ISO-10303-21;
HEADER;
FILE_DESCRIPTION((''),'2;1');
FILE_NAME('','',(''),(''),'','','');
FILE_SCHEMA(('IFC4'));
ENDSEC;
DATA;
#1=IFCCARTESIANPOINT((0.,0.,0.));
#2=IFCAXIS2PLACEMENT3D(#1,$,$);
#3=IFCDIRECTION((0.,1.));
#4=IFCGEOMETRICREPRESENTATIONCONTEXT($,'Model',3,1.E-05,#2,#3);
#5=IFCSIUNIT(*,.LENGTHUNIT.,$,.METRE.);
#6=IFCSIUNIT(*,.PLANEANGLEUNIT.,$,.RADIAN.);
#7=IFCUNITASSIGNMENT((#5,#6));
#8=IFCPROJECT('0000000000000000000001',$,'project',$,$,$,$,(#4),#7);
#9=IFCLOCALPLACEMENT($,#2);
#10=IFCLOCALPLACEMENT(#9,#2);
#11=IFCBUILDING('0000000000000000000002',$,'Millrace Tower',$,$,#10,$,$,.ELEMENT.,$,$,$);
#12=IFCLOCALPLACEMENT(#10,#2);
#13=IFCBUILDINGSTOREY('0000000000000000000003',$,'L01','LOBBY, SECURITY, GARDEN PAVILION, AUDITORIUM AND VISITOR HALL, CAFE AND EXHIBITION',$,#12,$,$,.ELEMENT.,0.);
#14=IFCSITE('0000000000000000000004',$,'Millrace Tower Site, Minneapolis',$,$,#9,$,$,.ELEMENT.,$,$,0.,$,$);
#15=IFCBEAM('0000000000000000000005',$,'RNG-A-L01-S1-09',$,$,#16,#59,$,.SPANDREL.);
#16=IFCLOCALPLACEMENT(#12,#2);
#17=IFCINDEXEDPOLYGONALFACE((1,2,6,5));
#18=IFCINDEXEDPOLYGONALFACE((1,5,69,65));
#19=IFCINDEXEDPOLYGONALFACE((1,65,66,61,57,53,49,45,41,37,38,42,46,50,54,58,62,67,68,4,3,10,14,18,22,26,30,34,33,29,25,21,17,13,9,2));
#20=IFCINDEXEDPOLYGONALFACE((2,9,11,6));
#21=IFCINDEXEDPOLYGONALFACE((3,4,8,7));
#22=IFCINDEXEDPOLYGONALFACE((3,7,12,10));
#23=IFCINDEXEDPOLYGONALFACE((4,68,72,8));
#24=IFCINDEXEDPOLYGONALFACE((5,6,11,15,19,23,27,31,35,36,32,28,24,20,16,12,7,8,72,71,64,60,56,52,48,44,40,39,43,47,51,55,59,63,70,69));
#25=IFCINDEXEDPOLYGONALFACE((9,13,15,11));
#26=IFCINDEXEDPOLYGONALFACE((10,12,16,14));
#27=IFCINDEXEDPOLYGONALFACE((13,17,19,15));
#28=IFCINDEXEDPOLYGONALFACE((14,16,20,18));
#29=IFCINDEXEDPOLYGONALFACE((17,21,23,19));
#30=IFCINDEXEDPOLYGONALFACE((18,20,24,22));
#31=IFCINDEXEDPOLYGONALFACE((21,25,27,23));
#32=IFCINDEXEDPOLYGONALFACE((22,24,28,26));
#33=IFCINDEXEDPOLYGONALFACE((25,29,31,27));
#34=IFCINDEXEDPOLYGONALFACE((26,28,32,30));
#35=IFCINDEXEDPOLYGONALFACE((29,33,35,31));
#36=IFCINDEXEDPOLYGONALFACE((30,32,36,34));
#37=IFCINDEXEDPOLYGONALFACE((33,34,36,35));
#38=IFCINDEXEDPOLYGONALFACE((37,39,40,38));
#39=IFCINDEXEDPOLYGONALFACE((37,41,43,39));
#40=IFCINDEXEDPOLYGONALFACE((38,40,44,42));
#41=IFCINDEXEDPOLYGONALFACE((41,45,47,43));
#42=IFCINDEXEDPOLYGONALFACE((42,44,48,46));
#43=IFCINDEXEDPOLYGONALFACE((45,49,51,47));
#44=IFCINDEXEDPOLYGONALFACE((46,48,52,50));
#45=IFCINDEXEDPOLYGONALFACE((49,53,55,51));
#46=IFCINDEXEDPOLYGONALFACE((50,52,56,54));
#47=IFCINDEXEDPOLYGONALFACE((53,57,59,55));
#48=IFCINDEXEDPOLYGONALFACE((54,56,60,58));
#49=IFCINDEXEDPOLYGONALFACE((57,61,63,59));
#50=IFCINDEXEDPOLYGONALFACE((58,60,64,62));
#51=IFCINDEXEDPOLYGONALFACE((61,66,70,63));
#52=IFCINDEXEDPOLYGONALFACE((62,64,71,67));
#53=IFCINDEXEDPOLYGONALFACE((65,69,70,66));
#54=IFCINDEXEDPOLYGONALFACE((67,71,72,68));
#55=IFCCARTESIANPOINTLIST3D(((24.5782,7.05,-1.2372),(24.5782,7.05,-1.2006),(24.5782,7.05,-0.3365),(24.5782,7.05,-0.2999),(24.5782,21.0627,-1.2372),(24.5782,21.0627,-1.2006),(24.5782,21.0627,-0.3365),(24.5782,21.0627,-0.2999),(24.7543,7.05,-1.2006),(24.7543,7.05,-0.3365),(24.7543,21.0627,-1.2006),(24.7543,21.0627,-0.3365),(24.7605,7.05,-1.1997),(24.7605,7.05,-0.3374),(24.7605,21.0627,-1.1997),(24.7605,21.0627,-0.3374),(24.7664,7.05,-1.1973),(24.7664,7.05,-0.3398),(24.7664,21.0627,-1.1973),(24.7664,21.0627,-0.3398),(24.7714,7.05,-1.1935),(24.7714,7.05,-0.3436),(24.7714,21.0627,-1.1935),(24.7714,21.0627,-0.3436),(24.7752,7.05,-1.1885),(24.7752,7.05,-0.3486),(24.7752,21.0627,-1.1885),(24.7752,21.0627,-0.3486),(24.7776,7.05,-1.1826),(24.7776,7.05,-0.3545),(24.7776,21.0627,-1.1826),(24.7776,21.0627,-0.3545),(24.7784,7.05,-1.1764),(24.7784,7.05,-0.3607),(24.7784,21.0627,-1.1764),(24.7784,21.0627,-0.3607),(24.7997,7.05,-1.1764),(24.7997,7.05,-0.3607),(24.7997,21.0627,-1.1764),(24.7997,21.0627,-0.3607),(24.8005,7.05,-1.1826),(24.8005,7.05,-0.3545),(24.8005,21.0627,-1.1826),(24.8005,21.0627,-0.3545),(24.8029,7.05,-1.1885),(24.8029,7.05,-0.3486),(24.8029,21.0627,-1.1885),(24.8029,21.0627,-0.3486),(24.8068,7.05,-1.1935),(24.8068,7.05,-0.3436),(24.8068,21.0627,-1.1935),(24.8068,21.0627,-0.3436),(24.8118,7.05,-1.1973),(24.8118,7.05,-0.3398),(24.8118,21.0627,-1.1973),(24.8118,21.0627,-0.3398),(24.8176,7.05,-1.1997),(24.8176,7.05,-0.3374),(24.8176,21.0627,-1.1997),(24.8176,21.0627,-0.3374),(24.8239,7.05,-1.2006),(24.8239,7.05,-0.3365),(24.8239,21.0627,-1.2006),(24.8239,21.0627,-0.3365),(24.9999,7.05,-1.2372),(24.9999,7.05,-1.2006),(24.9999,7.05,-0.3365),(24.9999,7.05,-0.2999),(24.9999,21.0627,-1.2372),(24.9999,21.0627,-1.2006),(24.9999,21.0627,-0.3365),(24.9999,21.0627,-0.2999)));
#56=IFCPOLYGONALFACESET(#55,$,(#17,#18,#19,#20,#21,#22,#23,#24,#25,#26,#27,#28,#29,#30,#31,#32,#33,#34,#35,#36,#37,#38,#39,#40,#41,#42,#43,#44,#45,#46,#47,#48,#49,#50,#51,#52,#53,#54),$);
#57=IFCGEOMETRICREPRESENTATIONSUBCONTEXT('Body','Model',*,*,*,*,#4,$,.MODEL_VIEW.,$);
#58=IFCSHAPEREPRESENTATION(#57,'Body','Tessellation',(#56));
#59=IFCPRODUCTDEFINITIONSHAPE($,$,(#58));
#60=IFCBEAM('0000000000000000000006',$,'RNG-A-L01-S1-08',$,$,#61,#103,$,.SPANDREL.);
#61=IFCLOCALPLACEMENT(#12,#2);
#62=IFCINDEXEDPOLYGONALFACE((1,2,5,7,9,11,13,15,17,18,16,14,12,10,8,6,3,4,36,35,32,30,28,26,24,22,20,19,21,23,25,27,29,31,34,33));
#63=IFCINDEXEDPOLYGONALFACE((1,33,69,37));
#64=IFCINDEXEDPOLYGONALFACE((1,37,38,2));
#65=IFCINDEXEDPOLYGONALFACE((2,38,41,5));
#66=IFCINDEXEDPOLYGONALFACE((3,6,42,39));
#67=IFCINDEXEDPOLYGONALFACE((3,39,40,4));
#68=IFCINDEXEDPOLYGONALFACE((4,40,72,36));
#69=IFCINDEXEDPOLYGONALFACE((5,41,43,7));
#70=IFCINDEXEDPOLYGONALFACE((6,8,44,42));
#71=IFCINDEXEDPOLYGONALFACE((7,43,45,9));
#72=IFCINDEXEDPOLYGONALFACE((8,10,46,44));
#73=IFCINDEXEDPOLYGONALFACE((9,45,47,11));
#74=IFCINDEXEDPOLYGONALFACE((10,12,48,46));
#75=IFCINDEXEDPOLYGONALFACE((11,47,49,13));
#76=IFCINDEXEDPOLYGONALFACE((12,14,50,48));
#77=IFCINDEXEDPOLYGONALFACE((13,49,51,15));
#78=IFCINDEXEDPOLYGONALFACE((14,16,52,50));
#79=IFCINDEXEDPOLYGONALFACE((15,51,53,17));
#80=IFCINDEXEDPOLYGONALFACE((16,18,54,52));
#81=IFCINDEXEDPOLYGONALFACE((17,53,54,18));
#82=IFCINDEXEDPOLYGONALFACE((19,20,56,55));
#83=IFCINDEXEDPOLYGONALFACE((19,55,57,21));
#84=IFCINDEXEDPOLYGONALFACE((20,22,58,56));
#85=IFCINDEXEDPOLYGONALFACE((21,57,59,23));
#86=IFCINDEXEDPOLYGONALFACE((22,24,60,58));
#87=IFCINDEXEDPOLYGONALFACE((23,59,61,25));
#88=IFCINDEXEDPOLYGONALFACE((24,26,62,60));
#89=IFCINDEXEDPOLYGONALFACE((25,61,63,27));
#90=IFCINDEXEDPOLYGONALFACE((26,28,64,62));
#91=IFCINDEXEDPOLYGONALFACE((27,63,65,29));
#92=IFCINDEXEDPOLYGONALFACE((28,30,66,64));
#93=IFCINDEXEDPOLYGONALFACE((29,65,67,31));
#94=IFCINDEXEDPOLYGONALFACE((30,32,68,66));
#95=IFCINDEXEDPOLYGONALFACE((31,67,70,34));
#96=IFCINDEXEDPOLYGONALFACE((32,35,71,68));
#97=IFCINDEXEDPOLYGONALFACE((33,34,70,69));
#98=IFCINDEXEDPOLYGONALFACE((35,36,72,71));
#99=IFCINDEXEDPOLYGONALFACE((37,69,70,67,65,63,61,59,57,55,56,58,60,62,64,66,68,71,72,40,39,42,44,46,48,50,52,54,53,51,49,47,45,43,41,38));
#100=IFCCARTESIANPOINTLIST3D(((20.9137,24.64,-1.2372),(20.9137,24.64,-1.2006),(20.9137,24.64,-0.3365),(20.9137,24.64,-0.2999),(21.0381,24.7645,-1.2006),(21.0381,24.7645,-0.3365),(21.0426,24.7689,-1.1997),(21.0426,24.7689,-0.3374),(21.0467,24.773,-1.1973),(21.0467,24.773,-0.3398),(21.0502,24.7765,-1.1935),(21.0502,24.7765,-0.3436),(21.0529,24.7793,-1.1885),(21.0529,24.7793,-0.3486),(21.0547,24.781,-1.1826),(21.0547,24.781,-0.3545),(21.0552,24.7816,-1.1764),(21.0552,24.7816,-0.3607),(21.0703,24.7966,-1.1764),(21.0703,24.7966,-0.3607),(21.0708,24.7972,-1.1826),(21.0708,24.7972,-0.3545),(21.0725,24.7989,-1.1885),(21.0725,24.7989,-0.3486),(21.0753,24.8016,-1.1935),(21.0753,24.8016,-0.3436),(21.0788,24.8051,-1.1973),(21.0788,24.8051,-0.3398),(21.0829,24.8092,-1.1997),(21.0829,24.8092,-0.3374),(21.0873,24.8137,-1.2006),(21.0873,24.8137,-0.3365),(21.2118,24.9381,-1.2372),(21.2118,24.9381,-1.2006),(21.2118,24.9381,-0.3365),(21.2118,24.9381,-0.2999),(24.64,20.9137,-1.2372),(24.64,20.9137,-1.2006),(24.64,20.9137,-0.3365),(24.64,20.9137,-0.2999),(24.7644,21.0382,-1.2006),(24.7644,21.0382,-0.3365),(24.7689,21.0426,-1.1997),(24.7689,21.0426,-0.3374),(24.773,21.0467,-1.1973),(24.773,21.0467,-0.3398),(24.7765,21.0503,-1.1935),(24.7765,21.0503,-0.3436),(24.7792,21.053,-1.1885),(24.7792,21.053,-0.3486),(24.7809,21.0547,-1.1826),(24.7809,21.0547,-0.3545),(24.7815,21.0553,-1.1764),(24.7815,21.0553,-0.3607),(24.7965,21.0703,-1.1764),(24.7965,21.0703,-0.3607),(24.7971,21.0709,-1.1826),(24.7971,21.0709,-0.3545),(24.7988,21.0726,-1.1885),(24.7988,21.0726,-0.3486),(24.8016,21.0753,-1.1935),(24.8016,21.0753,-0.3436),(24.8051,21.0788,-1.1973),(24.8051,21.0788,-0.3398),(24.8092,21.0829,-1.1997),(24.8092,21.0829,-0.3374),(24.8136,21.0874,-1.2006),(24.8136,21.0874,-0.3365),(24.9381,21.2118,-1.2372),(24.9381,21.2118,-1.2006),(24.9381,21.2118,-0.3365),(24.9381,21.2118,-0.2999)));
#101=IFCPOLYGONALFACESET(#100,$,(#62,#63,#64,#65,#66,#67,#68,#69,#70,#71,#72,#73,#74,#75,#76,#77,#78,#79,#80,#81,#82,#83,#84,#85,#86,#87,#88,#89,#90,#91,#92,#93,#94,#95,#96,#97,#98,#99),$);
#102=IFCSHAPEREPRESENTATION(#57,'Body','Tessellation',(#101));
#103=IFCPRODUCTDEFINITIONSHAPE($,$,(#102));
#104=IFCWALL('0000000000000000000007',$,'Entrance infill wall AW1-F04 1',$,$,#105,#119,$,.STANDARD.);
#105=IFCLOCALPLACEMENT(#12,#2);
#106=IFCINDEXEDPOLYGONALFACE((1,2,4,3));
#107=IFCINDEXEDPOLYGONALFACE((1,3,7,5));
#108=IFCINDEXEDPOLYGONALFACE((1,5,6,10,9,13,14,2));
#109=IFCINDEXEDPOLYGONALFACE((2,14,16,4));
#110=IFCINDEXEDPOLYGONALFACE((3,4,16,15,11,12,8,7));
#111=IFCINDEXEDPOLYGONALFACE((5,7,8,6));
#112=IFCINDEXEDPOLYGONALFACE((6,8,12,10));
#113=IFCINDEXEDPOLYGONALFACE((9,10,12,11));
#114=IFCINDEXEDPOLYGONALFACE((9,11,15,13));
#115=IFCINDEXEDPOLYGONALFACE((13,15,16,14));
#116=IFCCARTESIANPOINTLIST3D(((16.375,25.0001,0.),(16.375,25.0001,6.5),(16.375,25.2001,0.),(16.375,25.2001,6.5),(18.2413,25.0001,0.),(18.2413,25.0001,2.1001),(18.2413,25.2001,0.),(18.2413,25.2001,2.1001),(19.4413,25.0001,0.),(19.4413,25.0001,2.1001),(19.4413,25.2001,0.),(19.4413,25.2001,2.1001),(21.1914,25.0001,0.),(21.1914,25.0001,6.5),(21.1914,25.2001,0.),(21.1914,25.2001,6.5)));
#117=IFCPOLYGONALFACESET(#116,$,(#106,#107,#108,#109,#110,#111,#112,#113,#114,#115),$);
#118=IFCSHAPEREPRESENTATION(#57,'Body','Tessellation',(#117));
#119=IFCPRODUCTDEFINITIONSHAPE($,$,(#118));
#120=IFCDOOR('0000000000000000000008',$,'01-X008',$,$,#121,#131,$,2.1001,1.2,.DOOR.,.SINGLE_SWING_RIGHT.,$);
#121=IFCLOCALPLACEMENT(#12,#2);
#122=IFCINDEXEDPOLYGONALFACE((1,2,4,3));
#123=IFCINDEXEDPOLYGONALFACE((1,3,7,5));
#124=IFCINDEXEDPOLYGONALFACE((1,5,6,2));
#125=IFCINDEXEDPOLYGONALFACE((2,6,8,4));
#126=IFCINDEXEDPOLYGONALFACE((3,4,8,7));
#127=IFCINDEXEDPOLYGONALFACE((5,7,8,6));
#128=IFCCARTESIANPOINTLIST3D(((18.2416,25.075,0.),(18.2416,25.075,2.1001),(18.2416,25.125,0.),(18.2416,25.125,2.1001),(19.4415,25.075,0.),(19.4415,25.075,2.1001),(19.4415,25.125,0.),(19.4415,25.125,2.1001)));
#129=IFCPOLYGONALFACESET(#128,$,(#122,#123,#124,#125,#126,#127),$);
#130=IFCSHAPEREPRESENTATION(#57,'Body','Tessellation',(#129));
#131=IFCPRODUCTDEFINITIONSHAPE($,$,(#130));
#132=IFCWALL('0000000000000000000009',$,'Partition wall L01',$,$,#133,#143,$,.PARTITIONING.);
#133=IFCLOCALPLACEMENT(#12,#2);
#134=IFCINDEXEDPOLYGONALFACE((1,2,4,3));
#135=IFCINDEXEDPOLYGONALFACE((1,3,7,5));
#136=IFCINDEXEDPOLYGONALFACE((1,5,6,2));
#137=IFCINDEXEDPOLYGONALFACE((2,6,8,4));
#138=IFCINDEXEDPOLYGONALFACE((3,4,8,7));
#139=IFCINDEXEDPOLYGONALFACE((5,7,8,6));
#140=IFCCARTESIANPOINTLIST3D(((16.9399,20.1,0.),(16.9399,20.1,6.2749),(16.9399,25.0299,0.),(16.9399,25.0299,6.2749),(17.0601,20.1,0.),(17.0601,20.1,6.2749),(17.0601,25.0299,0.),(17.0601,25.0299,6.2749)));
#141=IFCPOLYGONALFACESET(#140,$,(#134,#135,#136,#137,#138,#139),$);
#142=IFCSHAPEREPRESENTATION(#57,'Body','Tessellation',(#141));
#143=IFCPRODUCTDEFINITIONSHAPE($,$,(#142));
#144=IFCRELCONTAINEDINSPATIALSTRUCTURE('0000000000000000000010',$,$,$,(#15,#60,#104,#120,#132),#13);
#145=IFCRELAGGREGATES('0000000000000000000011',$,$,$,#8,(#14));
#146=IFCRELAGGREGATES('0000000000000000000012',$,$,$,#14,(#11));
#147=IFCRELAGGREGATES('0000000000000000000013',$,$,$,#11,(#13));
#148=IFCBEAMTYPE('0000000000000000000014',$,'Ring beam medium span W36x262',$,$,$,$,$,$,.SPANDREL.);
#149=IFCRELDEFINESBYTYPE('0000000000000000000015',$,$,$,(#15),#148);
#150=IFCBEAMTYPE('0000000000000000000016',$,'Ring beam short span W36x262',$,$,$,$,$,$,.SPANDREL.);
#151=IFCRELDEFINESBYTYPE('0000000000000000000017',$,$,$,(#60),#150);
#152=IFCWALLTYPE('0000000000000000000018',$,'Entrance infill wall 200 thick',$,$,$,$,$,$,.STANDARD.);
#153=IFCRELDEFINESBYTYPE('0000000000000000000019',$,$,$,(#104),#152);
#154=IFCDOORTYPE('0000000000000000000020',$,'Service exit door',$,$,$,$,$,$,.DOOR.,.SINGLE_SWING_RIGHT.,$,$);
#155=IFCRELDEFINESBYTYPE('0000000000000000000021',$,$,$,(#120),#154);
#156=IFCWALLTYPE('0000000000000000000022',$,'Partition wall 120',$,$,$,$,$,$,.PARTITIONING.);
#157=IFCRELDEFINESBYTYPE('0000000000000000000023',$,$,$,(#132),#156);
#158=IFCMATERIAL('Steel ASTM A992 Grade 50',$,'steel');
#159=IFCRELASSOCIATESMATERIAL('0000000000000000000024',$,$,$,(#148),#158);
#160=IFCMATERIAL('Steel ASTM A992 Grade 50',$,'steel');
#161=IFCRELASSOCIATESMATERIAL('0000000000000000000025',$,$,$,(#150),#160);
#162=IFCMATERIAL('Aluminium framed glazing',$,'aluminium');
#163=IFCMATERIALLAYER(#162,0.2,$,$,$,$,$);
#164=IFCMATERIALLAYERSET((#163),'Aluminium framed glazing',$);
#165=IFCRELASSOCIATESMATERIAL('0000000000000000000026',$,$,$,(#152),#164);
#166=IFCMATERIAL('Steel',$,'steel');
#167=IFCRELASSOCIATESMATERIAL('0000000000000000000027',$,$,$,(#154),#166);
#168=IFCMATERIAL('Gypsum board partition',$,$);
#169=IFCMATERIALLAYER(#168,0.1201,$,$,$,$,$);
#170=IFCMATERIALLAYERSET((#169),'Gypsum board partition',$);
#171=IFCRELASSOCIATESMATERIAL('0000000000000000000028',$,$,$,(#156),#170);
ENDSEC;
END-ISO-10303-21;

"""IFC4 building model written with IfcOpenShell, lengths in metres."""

from ifc_helpers import new_model, si_unit, direction, frame, frame_2d, origin, origin_2d, place, context, subcontext, project, spatial, rectangle, i_section, extrude, material, layer, layer_set, material_profile, profile_set, type_object, element, fill, save


model = new_model("IFC4")

# Units and contexts
model_context = context("Model", 3, precision=1e-05, world=origin(), true_north=direction((0.0, 1.0)))
body_context = subcontext(model_context, "Body", "Model", "MODEL_VIEW")
ifc_project = project(units=[si_unit("LENGTHUNIT", "METRE"), si_unit("PLANEANGLEUNIT", "RADIAN")], contexts=[model_context])

# Site, building, storey
site_placement = place(None, origin())
site = spatial("IfcSite", under=ifc_project, at=site_placement, Name="Millrace Tower Site, Minneapolis", CompositionType="ELEMENT", RefElevation=0.0)
building_placement = place(site_placement, origin())
building = spatial("IfcBuilding", under=site, at=building_placement, Name="Millrace Tower", CompositionType="ELEMENT")
storey_placement = place(building_placement, origin())
storey = spatial("IfcBuildingStorey", under=building, at=storey_placement, Name="L01", Description="LOBBY, SECURITY, GARDEN PAVILION, AUDITORIUM AND VISITOR HALL, CAFE AND EXHIBITION", CompositionType="ELEMENT", Elevation=0.0)

# Beams
ifc_material_1 = material(Name="Steel ASTM A992 Grade 50", Category="steel")
ifc_material_profile_1 = material_profile(ifc_material_1, i_section(OverallWidth=0.4216, OverallDepth=0.9373, WebThickness=0.0212, FlangeThickness=0.0366, FilletRadius=0.0242, at=origin_2d()))
ifc_profile_set_1 = profile_set([ifc_material_profile_1], Name="Steel ASTM A992 Grade 50")
beam_type_1 = type_object("IfcBeamType", Name="Ring beam medium span W36x262", PredefinedType="SPANDREL", material=ifc_profile_set_1)
beam_1_placement = place(storey_placement, frame((24.7891, 21.0627, -0.7686), z_axis=(0.0, -1.0, 0.0), x_axis=(1.0, 0.0, 0.0)))
element("IfcBeam", 1, at=beam_1_placement, inside=storey, type_object=beam_type_1, Name="RNG-A-L01-S1-09", PredefinedType="SPANDREL", context=body_context, shape_type="SweptSolid", body=[
    extrude(i_section(OverallWidth=0.4216, OverallDepth=0.9373, WebThickness=0.0212, FlangeThickness=0.0366, FilletRadius=0.0242, at=origin_2d()), origin(), (0.0, 0.0, 1.0), 14.0127),
])
ifc_material_2 = material(Name="Steel ASTM A992 Grade 50", Category="steel")
ifc_material_profile_2 = material_profile(ifc_material_2, i_section(OverallWidth=0.4216, OverallDepth=0.9373, WebThickness=0.0212, FlangeThickness=0.0366, FilletRadius=0.0242, at=origin_2d()))
ifc_profile_set_2 = profile_set([ifc_material_profile_2], Name="Steel ASTM A992 Grade 50")
beam_type_2 = type_object("IfcBeamType", Name="Ring beam short span W36x262", PredefinedType="SPANDREL", material=ifc_profile_set_2)
beam_2_placement = place(storey_placement, frame((21.0627, 24.7891, -0.7686), z_axis=(0.707107, -0.707107, 0.0), x_axis=(0.707107, 0.707107, 0.0)))
element("IfcBeam", 2, at=beam_2_placement, inside=storey, type_object=beam_type_2, Name="RNG-A-L01-S1-08", PredefinedType="SPANDREL", context=body_context, shape_type="SweptSolid", body=[
    extrude(i_section(OverallWidth=0.4216, OverallDepth=0.9373, WebThickness=0.0212, FlangeThickness=0.0366, FilletRadius=0.0242, at=origin_2d()), origin(), (0.0, 0.0, 1.0), 5.2698),
])

# Wall, opening, door
ifc_material_3 = material(Name="Aluminium framed glazing", Category="aluminium")
ifc_layer_1 = layer(ifc_material_3, 0.2)
ifc_layer_set_1 = layer_set([ifc_layer_1], Name="Aluminium framed glazing")
wall_type_1 = type_object("IfcWallType", Name="Entrance infill wall 200 thick", PredefinedType="STANDARD", material=ifc_layer_set_1)
wall_1_placement = place(storey_placement, frame((21.1914, 25.1001, 0.0), z_axis=(0.0, 0.0, 1.0), x_axis=(-1.0, 0.0, 0.0)))
wall_1 = element("IfcWall", 3, at=wall_1_placement, inside=storey, type_object=wall_type_1, Name="Entrance infill wall AW1-F04 1", PredefinedType="STANDARD", context=body_context, shape_type="SweptSolid", body=[
    extrude(rectangle(XDim=4.8164, YDim=0.2, at=frame_2d((2.4082, 0.0))), origin(), (0.0, 0.0, 1.0), 6.5),
])
opening_placement = place(wall_1_placement, frame((1.75, 0.0, 0.0)))
opening = element("IfcOpeningElement", 4, at=opening_placement, cuts=wall_1, PredefinedType="OPENING", context=body_context, shape_type="SweptSolid", body=[
    extrude(rectangle(XDim=1.2, YDim=2.1001, at=frame_2d((0.6001, 1.05))), frame((0.0, 0.1099, 0.0), z_axis=(0.0, -1.0, 0.0), x_axis=(1.0, 0.0, 0.0)), (0.0, 0.0, 1.0), 0.22),
])
ifc_material_4 = material(Name="Steel", Category="steel")
door_type = type_object("IfcDoorType", Name="Service exit door", OperationType="SINGLE_SWING_RIGHT", PredefinedType="DOOR", material=ifc_material_4)
door_placement = place(opening_placement, frame((1.2, 0.0, 0.0), z_axis=(0.0, 0.0, 1.0), x_axis=(-1.0, 0.0, 0.0)))
door = element("IfcDoor", 5, at=door_placement, inside=storey, type_object=door_type, Name="01-X008", OperationType="SINGLE_SWING_RIGHT", OverallHeight=2.1001, OverallWidth=1.2, PredefinedType="DOOR", context=body_context, shape_type="SweptSolid", body=[
    extrude(rectangle(XDim=1.2, YDim=2.1001, at=frame_2d((0.6001, 1.05))), frame((0.0, 0.0249, 0.0), z_axis=(0.0, -1.0, 0.0), x_axis=(1.0, 0.0, 0.0)), (0.0, 0.0, 1.0), 0.05),
])
fill(opening, door)

# Wall
ifc_material_5 = material(Name="Gypsum board partition")
ifc_layer_2 = layer(ifc_material_5, 0.1201)
ifc_layer_set_2 = layer_set([ifc_layer_2], Name="Gypsum board partition")
wall_type_2 = type_object("IfcWallType", Name="Partition wall 120", PredefinedType="PARTITIONING", material=ifc_layer_set_2)
wall_2_placement = place(storey_placement, frame((17.0, 20.1001, 0.0), z_axis=(0.0, 0.0, 1.0), x_axis=(0.0, 1.0, 0.0)))
element("IfcWall", 6, at=wall_2_placement, inside=storey, type_object=wall_type_2, Name="Partition wall L01", PredefinedType="PARTITIONING", context=body_context, shape_type="SweptSolid", body=[
    extrude(rectangle(XDim=4.9299, YDim=0.1201, at=frame_2d((2.4648, 0.0))), origin(), (0.0, 0.0, 1.0), 6.2749),
])

save(model, "model.ifc")
